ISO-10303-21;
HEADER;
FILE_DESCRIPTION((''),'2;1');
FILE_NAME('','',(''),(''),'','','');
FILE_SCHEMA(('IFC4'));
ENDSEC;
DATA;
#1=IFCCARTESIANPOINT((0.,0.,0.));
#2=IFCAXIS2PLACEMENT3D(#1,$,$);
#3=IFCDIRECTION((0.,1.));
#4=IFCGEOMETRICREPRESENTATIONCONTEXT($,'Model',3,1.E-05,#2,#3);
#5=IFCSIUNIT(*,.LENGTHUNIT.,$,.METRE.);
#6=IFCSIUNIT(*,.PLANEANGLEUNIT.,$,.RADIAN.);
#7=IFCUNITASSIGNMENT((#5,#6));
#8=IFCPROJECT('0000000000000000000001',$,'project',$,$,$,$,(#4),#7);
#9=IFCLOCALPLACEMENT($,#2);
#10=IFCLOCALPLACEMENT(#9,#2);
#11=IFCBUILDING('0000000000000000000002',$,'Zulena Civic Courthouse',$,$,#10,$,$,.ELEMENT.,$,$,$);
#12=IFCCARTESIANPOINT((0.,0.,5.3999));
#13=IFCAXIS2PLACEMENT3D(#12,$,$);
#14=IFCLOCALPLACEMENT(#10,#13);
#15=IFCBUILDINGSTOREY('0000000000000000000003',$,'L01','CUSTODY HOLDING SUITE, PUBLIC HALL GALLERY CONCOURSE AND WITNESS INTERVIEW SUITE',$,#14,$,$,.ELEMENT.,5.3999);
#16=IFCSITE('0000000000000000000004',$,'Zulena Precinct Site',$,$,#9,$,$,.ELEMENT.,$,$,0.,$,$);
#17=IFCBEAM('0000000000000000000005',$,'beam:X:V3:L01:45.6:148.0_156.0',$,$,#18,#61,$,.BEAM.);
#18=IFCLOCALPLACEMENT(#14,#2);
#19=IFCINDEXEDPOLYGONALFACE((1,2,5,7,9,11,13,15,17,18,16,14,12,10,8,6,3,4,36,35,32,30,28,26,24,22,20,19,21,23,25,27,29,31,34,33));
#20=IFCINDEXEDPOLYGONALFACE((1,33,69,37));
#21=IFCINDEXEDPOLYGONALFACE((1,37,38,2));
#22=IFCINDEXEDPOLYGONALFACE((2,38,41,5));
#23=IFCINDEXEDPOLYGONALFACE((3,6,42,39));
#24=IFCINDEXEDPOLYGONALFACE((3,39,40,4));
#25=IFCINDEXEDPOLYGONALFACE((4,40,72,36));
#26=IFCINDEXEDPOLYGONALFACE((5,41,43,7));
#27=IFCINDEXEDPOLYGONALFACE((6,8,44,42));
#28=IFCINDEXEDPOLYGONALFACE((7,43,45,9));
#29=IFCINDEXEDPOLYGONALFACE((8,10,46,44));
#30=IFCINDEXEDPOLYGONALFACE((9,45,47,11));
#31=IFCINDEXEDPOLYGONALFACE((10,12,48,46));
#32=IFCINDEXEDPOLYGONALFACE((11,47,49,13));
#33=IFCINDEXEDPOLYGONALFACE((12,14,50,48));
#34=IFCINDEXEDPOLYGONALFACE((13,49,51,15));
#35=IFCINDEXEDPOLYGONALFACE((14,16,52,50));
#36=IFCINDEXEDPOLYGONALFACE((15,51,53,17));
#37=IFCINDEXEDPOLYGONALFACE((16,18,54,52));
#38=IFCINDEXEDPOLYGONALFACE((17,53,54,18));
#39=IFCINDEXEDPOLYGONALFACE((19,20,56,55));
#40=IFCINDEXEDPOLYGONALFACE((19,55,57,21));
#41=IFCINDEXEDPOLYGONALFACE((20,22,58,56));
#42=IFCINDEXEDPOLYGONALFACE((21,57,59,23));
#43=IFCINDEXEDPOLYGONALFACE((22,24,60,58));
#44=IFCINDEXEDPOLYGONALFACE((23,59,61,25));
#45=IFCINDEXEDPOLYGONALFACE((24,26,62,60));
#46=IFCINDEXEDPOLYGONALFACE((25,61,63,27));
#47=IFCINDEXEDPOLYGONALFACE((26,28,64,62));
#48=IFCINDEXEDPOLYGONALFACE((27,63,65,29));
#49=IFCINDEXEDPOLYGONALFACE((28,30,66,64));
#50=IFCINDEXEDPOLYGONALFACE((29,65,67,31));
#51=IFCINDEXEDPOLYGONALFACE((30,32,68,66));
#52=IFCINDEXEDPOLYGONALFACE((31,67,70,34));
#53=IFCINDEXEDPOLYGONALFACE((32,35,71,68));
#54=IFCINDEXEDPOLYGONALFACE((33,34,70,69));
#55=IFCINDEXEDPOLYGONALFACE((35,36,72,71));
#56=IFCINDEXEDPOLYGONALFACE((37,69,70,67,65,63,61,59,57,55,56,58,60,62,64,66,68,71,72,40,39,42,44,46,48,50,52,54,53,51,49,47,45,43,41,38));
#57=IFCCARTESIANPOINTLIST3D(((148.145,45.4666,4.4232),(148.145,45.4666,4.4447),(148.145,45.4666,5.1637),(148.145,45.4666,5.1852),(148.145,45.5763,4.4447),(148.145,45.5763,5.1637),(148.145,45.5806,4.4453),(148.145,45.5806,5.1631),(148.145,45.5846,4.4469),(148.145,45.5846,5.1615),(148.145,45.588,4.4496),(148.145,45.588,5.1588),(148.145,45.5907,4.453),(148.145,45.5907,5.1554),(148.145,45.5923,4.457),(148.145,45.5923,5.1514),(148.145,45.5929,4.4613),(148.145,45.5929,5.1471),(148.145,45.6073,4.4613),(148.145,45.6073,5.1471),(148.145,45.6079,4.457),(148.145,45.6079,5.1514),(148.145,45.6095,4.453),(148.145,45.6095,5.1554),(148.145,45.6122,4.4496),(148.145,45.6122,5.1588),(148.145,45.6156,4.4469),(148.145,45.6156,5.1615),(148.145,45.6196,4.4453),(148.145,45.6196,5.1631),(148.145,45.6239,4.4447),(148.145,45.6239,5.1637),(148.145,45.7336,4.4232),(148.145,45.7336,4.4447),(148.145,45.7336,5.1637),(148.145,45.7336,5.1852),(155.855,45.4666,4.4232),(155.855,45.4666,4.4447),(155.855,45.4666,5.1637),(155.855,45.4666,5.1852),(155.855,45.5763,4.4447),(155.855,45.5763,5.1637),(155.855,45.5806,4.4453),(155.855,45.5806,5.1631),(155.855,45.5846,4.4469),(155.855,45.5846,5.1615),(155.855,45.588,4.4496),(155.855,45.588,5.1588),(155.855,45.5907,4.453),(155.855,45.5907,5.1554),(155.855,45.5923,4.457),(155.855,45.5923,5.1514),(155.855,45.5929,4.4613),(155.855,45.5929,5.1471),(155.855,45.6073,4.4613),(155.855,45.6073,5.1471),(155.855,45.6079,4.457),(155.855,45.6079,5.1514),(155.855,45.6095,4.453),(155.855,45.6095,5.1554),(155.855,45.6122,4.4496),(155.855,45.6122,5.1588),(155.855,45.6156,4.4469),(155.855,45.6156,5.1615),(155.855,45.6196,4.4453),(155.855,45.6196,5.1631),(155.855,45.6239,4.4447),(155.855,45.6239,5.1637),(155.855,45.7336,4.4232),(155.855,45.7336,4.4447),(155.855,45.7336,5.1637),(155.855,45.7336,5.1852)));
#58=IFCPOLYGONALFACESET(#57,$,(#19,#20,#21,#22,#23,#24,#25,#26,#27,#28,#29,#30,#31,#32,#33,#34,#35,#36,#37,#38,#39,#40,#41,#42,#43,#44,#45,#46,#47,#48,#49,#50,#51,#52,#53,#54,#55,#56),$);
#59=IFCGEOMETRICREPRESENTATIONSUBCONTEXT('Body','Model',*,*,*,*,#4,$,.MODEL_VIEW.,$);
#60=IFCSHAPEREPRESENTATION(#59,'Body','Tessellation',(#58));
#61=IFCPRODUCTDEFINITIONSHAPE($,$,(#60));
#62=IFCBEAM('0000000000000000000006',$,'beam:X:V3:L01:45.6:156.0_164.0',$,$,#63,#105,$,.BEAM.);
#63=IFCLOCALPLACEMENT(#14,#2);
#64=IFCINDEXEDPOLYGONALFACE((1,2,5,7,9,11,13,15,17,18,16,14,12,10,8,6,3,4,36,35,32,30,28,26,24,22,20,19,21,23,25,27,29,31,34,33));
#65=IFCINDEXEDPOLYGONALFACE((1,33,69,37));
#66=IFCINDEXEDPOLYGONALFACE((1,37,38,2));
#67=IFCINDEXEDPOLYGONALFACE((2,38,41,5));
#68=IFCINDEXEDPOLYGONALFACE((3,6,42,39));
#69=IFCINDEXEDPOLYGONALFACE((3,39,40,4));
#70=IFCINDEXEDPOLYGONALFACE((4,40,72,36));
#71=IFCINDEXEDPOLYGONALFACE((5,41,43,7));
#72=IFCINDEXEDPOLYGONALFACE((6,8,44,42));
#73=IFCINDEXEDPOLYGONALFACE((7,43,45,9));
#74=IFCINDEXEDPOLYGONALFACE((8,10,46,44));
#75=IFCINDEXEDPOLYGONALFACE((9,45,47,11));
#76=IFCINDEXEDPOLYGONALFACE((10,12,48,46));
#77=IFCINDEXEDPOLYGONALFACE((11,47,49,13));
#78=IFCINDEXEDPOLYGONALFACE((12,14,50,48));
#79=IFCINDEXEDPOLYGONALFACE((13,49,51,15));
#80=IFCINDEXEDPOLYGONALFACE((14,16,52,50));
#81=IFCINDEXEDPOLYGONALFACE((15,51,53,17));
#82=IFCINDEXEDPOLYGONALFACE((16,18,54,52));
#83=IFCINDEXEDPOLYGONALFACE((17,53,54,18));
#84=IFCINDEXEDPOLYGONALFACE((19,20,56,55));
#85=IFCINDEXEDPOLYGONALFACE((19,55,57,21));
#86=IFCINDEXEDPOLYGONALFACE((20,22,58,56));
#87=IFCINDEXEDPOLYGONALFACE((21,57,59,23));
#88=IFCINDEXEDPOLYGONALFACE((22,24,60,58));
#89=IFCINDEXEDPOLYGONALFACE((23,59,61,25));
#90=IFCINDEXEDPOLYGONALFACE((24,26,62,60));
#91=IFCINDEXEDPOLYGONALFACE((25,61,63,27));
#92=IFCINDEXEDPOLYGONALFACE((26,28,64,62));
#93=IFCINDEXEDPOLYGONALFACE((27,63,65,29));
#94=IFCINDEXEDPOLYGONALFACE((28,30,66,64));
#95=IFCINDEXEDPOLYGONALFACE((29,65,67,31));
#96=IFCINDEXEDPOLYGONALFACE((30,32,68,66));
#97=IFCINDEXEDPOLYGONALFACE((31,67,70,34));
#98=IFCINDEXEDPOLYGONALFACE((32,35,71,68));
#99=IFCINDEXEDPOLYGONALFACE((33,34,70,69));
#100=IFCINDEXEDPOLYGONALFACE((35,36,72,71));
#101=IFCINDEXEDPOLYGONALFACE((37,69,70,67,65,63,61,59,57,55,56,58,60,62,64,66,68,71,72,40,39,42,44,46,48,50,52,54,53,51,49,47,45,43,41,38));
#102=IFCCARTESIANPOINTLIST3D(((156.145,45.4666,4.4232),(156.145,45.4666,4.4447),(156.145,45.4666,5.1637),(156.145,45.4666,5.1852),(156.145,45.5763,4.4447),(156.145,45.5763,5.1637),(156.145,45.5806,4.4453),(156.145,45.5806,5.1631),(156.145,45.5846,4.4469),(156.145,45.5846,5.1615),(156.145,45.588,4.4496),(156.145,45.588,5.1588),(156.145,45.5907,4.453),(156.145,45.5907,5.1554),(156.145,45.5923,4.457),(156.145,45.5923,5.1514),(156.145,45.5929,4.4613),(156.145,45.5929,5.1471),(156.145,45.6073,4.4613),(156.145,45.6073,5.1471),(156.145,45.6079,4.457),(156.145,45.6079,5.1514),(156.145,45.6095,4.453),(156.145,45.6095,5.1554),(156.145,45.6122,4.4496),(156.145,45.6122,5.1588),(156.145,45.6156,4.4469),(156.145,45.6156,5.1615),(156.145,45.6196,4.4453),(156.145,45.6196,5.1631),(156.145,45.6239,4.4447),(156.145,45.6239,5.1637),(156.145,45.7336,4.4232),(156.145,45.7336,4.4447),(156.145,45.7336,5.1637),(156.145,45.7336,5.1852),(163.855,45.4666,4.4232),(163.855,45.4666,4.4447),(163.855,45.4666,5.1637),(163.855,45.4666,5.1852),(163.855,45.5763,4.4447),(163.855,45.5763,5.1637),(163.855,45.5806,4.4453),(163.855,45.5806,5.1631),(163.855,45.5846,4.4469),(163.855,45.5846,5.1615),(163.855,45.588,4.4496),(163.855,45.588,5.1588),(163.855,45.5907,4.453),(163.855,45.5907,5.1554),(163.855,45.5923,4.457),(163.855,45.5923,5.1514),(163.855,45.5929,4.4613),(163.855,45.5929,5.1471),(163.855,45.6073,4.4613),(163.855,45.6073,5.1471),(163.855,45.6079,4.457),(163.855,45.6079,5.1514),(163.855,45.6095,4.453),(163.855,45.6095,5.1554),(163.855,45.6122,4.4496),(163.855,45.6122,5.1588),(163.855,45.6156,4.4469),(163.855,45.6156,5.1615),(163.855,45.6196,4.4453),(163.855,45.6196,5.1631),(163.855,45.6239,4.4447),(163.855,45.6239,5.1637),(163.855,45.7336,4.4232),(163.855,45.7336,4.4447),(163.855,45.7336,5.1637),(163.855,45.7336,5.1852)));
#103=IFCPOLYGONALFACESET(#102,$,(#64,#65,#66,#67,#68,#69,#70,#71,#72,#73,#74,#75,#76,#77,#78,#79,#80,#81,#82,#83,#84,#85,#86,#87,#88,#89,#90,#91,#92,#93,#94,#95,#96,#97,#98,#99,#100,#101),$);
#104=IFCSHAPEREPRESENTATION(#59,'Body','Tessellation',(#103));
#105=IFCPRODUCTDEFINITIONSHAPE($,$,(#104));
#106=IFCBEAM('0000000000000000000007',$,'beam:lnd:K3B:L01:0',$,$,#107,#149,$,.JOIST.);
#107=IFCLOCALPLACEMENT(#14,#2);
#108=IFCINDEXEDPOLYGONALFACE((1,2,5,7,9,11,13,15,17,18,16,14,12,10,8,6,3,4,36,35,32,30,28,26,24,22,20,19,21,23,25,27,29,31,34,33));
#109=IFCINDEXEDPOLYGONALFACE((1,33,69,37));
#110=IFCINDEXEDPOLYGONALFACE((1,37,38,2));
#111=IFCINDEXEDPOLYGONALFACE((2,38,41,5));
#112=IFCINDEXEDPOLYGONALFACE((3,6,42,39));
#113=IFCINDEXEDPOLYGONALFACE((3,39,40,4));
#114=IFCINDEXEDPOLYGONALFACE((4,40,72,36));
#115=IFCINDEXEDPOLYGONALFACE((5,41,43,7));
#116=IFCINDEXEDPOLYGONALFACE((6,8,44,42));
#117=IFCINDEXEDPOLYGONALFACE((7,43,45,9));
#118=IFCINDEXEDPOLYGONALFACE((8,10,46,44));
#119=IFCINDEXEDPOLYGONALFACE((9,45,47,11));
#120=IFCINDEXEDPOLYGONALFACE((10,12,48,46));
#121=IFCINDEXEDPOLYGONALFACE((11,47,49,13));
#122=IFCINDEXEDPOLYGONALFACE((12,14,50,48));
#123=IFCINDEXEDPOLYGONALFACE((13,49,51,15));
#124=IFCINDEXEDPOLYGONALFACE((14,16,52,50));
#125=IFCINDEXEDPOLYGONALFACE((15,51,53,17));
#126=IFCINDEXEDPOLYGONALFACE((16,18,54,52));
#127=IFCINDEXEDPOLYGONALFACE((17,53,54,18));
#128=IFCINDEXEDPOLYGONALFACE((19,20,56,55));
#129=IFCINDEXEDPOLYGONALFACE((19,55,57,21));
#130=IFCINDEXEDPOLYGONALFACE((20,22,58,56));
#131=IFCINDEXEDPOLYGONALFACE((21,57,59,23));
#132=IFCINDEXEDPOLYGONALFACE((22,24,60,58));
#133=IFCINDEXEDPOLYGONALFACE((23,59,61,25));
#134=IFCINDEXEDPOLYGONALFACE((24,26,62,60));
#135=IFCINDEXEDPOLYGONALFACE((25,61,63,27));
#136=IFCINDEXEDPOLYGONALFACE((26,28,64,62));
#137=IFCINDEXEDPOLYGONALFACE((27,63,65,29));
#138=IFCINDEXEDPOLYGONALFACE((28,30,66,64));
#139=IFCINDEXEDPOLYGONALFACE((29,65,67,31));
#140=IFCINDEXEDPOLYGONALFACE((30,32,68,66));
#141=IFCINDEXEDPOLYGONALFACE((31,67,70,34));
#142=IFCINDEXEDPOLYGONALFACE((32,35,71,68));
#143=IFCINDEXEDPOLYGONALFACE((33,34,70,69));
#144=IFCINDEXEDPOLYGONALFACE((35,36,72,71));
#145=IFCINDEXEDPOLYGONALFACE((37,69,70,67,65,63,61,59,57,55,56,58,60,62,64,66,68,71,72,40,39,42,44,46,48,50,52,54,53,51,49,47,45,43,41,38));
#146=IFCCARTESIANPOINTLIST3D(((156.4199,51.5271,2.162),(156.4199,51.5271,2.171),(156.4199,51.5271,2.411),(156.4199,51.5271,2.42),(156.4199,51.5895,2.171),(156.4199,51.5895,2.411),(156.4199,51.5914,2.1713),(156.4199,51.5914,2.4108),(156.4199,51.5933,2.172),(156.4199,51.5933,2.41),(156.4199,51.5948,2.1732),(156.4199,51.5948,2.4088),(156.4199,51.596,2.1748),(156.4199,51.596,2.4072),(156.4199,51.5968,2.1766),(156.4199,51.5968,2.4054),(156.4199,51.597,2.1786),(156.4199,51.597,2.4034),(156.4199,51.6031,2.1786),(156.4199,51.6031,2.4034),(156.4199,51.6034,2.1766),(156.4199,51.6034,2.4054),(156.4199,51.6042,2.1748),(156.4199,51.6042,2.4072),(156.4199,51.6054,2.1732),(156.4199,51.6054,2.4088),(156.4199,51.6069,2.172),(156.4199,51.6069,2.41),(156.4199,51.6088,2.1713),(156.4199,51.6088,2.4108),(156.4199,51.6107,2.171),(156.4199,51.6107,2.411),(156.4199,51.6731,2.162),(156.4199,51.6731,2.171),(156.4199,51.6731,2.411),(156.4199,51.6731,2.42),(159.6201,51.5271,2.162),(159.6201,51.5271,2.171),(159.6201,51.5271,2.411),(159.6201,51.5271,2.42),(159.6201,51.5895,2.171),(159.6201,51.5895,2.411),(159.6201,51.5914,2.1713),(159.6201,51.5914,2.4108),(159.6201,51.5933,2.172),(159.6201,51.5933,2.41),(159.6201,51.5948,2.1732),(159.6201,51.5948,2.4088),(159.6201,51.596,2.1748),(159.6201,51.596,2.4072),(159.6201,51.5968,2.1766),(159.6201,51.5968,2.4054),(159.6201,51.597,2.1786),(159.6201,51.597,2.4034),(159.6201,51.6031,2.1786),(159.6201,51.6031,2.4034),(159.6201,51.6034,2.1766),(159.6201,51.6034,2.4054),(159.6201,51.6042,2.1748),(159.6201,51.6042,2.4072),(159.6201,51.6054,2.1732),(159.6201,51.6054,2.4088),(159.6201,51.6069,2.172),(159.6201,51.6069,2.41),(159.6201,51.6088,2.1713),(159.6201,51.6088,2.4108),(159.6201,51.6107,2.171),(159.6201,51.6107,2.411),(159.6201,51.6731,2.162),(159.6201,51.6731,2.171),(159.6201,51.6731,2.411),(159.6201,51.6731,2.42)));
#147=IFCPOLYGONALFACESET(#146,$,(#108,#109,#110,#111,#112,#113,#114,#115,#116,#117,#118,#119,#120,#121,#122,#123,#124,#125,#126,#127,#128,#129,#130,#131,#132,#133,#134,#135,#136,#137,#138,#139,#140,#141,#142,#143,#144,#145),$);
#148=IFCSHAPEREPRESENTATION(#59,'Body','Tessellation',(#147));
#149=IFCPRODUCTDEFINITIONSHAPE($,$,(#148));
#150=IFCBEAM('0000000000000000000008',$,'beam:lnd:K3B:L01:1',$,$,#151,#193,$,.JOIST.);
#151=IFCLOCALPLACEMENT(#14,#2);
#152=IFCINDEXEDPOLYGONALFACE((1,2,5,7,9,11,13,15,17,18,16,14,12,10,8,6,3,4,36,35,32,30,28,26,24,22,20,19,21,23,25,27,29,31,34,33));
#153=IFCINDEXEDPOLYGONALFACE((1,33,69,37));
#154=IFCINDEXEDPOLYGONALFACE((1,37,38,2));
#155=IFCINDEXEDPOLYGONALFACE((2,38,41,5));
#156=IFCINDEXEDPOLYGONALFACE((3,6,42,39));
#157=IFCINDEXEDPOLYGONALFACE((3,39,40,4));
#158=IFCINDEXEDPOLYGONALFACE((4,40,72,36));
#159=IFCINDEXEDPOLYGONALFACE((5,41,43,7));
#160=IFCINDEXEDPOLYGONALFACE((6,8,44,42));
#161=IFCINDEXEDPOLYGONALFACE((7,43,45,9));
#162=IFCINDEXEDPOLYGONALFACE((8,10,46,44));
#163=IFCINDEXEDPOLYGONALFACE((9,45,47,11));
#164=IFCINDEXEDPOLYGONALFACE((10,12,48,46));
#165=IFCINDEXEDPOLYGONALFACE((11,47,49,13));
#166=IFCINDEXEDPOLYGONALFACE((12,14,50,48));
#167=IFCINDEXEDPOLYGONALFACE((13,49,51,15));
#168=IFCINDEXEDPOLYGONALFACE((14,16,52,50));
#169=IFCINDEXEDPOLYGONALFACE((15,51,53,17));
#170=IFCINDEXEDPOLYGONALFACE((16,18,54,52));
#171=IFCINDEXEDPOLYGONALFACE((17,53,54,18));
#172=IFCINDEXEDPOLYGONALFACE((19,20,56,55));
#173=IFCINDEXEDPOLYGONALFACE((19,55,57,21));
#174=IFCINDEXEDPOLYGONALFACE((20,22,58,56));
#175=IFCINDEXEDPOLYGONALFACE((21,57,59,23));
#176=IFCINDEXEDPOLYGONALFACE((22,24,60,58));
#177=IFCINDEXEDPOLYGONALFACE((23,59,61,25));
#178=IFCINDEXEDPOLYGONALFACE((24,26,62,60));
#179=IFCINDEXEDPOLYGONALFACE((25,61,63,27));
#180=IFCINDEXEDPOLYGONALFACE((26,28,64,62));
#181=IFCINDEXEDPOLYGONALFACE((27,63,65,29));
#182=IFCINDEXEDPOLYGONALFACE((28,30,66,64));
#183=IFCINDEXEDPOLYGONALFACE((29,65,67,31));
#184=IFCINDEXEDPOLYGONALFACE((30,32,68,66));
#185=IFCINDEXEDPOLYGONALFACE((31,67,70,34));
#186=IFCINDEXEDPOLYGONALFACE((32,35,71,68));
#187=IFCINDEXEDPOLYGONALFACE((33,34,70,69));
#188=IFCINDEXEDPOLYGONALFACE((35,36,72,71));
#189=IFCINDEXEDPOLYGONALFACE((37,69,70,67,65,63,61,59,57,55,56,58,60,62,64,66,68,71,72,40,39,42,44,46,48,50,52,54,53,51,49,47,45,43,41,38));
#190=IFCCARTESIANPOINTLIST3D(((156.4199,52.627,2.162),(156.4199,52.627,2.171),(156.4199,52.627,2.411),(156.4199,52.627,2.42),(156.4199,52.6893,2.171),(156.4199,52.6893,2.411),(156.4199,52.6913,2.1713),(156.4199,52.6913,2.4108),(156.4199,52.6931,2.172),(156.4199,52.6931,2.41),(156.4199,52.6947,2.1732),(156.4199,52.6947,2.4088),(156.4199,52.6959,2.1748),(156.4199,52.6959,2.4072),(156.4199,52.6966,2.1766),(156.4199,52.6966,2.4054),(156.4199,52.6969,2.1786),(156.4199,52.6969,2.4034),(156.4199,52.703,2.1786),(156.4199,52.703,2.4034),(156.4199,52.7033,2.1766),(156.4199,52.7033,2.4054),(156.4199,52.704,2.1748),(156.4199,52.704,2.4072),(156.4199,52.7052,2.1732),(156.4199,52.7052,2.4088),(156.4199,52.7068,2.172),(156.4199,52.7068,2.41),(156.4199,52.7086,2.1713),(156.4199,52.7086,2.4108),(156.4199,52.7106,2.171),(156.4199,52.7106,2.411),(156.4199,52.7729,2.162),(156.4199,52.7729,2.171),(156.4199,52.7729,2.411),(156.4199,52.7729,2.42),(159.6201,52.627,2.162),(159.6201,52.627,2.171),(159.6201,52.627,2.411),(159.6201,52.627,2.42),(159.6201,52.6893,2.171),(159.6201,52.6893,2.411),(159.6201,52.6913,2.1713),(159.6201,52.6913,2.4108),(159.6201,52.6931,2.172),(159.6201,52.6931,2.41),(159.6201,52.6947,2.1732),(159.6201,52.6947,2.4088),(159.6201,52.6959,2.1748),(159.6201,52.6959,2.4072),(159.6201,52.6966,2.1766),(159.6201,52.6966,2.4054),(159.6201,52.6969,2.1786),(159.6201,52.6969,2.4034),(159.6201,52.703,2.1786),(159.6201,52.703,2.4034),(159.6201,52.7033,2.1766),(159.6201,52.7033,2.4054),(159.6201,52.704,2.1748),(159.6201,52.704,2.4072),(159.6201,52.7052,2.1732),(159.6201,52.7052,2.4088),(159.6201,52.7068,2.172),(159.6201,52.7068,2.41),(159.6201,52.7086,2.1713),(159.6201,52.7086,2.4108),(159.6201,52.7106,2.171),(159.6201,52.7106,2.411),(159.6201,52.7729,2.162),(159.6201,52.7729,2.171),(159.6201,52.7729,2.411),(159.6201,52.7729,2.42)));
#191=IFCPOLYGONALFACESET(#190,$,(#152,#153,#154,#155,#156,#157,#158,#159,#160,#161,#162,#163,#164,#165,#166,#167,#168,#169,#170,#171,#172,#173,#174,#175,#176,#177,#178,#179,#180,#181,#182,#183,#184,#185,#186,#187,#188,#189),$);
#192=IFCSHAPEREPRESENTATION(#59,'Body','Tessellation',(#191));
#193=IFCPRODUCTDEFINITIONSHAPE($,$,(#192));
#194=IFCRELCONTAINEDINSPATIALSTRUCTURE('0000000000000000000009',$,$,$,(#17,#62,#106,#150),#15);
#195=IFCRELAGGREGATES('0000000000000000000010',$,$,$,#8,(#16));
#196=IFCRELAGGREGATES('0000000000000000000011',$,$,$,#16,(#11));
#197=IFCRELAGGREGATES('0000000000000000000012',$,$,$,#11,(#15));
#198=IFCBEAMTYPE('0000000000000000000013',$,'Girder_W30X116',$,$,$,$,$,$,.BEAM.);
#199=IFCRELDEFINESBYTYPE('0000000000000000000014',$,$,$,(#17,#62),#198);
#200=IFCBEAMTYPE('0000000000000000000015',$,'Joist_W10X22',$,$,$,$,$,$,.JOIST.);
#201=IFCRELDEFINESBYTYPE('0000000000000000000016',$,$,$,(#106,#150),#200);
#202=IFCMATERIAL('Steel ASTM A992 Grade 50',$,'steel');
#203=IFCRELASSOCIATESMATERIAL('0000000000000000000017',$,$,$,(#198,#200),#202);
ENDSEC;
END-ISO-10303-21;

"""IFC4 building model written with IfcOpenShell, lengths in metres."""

from ifc_helpers import new_model, si_unit, direction, frame, origin, origin_2d, place, context, subcontext, project, spatial, i_section, extrude, material, material_profile, profile_set, type_object, element, save


model = new_model("IFC4")

# Units and contexts
model_context = context("Model", 3, precision=1e-05, world=origin(), true_north=direction((0.0, 1.0)))
body_context = subcontext(model_context, "Body", "Model", "MODEL_VIEW")
ifc_project = project(units=[si_unit("LENGTHUNIT", "METRE"), si_unit("PLANEANGLEUNIT", "RADIAN")], contexts=[model_context])

# Site, building, storey
site_placement = place(None, origin())
site = spatial("IfcSite", under=ifc_project, at=site_placement, Name="Zulena Precinct Site", CompositionType="ELEMENT", RefElevation=0.0)
building_placement = place(site_placement, origin())
building = spatial("IfcBuilding", under=site, at=building_placement, Name="Zulena Civic Courthouse", CompositionType="ELEMENT")
storey_placement = place(building_placement, frame((0.0, 0.0, 5.3999)))
storey = spatial("IfcBuildingStorey", under=building, at=storey_placement, Name="L01", Description="CUSTODY HOLDING SUITE, PUBLIC HALL GALLERY CONCOURSE AND WITNESS INTERVIEW SUITE", CompositionType="ELEMENT", Elevation=5.3999)

# Shared definitions
ifc_material_1 = material(Name="Steel ASTM A992 Grade 50", Category="steel")

# Beams
ifc_material_profile_1 = material_profile(ifc_material_1, i_section(OverallWidth=0.2671, OverallDepth=0.762, WebThickness=0.0144, FlangeThickness=0.0215, FilletRadius=0.0166, at=origin_2d()), Name="W30X116")
ifc_profile_set_1 = profile_set([ifc_material_profile_1], Name="Steel ASTM A992 Grade 50")
beam_type_1 = type_object("IfcBeamType", Name="Girder_W30X116", PredefinedType="BEAM", material=ifc_profile_set_1)
for number, where, z_axis, x_axis, name in (
    (1, (148.145, 45.6001, 4.8042), (1.0, 0.0, 0.0), (0.0, 1.0, 0.0), "beam:X:V3:L01:45.6:148.0_156.0"),
    (2, (156.145, 45.6001, 4.8042), (1.0, 0.0, 0.0), (0.0, 1.0, 0.0), "beam:X:V3:L01:45.6:156.0_164.0"),
):
    element("IfcBeam", number, at=place(storey_placement, frame(where, z_axis=z_axis, x_axis=x_axis)), inside=storey, type_object=beam_type_1, Name=name, PredefinedType="BEAM", context=body_context, shape_type="SweptSolid", body=[
        extrude(i_section(OverallWidth=0.2671, OverallDepth=0.762, WebThickness=0.0144, FlangeThickness=0.0215, FilletRadius=0.0166, at=origin_2d()), origin(), (0.0, 0.0, 1.0), 7.71),
    ])
ifc_material_profile_2 = material_profile(ifc_material_1, i_section(OverallWidth=0.146, OverallDepth=0.2581, WebThickness=0.0061, FlangeThickness=0.009, FilletRadius=0.0076, at=origin_2d()), Name="W10X22")
ifc_profile_set_2 = profile_set([ifc_material_profile_2], Name="Steel ASTM A992 Grade 50")
beam_type_2 = type_object("IfcBeamType", Name="Joist_W10X22", PredefinedType="JOIST", material=ifc_profile_set_2)
for number, where, z_axis, x_axis, name in (
    (3, (156.4199, 51.6001, 2.291), (1.0, 0.0, 0.0), (0.0, 1.0, 0.0), "beam:lnd:K3B:L01:0"),
    (4, (156.4199, 52.7, 2.291), (1.0, 0.0, 0.0), (0.0, 1.0, 0.0), "beam:lnd:K3B:L01:1"),
):
    element("IfcBeam", number, at=place(storey_placement, frame(where, z_axis=z_axis, x_axis=x_axis)), inside=storey, type_object=beam_type_2, Name=name, PredefinedType="JOIST", context=body_context, shape_type="SweptSolid", body=[
        extrude(i_section(OverallWidth=0.146, OverallDepth=0.2581, WebThickness=0.0061, FlangeThickness=0.009, FilletRadius=0.0076, at=origin_2d()), origin(), (0.0, 0.0, 1.0), 3.2002),
    ])

save(model, "model.ifc")
